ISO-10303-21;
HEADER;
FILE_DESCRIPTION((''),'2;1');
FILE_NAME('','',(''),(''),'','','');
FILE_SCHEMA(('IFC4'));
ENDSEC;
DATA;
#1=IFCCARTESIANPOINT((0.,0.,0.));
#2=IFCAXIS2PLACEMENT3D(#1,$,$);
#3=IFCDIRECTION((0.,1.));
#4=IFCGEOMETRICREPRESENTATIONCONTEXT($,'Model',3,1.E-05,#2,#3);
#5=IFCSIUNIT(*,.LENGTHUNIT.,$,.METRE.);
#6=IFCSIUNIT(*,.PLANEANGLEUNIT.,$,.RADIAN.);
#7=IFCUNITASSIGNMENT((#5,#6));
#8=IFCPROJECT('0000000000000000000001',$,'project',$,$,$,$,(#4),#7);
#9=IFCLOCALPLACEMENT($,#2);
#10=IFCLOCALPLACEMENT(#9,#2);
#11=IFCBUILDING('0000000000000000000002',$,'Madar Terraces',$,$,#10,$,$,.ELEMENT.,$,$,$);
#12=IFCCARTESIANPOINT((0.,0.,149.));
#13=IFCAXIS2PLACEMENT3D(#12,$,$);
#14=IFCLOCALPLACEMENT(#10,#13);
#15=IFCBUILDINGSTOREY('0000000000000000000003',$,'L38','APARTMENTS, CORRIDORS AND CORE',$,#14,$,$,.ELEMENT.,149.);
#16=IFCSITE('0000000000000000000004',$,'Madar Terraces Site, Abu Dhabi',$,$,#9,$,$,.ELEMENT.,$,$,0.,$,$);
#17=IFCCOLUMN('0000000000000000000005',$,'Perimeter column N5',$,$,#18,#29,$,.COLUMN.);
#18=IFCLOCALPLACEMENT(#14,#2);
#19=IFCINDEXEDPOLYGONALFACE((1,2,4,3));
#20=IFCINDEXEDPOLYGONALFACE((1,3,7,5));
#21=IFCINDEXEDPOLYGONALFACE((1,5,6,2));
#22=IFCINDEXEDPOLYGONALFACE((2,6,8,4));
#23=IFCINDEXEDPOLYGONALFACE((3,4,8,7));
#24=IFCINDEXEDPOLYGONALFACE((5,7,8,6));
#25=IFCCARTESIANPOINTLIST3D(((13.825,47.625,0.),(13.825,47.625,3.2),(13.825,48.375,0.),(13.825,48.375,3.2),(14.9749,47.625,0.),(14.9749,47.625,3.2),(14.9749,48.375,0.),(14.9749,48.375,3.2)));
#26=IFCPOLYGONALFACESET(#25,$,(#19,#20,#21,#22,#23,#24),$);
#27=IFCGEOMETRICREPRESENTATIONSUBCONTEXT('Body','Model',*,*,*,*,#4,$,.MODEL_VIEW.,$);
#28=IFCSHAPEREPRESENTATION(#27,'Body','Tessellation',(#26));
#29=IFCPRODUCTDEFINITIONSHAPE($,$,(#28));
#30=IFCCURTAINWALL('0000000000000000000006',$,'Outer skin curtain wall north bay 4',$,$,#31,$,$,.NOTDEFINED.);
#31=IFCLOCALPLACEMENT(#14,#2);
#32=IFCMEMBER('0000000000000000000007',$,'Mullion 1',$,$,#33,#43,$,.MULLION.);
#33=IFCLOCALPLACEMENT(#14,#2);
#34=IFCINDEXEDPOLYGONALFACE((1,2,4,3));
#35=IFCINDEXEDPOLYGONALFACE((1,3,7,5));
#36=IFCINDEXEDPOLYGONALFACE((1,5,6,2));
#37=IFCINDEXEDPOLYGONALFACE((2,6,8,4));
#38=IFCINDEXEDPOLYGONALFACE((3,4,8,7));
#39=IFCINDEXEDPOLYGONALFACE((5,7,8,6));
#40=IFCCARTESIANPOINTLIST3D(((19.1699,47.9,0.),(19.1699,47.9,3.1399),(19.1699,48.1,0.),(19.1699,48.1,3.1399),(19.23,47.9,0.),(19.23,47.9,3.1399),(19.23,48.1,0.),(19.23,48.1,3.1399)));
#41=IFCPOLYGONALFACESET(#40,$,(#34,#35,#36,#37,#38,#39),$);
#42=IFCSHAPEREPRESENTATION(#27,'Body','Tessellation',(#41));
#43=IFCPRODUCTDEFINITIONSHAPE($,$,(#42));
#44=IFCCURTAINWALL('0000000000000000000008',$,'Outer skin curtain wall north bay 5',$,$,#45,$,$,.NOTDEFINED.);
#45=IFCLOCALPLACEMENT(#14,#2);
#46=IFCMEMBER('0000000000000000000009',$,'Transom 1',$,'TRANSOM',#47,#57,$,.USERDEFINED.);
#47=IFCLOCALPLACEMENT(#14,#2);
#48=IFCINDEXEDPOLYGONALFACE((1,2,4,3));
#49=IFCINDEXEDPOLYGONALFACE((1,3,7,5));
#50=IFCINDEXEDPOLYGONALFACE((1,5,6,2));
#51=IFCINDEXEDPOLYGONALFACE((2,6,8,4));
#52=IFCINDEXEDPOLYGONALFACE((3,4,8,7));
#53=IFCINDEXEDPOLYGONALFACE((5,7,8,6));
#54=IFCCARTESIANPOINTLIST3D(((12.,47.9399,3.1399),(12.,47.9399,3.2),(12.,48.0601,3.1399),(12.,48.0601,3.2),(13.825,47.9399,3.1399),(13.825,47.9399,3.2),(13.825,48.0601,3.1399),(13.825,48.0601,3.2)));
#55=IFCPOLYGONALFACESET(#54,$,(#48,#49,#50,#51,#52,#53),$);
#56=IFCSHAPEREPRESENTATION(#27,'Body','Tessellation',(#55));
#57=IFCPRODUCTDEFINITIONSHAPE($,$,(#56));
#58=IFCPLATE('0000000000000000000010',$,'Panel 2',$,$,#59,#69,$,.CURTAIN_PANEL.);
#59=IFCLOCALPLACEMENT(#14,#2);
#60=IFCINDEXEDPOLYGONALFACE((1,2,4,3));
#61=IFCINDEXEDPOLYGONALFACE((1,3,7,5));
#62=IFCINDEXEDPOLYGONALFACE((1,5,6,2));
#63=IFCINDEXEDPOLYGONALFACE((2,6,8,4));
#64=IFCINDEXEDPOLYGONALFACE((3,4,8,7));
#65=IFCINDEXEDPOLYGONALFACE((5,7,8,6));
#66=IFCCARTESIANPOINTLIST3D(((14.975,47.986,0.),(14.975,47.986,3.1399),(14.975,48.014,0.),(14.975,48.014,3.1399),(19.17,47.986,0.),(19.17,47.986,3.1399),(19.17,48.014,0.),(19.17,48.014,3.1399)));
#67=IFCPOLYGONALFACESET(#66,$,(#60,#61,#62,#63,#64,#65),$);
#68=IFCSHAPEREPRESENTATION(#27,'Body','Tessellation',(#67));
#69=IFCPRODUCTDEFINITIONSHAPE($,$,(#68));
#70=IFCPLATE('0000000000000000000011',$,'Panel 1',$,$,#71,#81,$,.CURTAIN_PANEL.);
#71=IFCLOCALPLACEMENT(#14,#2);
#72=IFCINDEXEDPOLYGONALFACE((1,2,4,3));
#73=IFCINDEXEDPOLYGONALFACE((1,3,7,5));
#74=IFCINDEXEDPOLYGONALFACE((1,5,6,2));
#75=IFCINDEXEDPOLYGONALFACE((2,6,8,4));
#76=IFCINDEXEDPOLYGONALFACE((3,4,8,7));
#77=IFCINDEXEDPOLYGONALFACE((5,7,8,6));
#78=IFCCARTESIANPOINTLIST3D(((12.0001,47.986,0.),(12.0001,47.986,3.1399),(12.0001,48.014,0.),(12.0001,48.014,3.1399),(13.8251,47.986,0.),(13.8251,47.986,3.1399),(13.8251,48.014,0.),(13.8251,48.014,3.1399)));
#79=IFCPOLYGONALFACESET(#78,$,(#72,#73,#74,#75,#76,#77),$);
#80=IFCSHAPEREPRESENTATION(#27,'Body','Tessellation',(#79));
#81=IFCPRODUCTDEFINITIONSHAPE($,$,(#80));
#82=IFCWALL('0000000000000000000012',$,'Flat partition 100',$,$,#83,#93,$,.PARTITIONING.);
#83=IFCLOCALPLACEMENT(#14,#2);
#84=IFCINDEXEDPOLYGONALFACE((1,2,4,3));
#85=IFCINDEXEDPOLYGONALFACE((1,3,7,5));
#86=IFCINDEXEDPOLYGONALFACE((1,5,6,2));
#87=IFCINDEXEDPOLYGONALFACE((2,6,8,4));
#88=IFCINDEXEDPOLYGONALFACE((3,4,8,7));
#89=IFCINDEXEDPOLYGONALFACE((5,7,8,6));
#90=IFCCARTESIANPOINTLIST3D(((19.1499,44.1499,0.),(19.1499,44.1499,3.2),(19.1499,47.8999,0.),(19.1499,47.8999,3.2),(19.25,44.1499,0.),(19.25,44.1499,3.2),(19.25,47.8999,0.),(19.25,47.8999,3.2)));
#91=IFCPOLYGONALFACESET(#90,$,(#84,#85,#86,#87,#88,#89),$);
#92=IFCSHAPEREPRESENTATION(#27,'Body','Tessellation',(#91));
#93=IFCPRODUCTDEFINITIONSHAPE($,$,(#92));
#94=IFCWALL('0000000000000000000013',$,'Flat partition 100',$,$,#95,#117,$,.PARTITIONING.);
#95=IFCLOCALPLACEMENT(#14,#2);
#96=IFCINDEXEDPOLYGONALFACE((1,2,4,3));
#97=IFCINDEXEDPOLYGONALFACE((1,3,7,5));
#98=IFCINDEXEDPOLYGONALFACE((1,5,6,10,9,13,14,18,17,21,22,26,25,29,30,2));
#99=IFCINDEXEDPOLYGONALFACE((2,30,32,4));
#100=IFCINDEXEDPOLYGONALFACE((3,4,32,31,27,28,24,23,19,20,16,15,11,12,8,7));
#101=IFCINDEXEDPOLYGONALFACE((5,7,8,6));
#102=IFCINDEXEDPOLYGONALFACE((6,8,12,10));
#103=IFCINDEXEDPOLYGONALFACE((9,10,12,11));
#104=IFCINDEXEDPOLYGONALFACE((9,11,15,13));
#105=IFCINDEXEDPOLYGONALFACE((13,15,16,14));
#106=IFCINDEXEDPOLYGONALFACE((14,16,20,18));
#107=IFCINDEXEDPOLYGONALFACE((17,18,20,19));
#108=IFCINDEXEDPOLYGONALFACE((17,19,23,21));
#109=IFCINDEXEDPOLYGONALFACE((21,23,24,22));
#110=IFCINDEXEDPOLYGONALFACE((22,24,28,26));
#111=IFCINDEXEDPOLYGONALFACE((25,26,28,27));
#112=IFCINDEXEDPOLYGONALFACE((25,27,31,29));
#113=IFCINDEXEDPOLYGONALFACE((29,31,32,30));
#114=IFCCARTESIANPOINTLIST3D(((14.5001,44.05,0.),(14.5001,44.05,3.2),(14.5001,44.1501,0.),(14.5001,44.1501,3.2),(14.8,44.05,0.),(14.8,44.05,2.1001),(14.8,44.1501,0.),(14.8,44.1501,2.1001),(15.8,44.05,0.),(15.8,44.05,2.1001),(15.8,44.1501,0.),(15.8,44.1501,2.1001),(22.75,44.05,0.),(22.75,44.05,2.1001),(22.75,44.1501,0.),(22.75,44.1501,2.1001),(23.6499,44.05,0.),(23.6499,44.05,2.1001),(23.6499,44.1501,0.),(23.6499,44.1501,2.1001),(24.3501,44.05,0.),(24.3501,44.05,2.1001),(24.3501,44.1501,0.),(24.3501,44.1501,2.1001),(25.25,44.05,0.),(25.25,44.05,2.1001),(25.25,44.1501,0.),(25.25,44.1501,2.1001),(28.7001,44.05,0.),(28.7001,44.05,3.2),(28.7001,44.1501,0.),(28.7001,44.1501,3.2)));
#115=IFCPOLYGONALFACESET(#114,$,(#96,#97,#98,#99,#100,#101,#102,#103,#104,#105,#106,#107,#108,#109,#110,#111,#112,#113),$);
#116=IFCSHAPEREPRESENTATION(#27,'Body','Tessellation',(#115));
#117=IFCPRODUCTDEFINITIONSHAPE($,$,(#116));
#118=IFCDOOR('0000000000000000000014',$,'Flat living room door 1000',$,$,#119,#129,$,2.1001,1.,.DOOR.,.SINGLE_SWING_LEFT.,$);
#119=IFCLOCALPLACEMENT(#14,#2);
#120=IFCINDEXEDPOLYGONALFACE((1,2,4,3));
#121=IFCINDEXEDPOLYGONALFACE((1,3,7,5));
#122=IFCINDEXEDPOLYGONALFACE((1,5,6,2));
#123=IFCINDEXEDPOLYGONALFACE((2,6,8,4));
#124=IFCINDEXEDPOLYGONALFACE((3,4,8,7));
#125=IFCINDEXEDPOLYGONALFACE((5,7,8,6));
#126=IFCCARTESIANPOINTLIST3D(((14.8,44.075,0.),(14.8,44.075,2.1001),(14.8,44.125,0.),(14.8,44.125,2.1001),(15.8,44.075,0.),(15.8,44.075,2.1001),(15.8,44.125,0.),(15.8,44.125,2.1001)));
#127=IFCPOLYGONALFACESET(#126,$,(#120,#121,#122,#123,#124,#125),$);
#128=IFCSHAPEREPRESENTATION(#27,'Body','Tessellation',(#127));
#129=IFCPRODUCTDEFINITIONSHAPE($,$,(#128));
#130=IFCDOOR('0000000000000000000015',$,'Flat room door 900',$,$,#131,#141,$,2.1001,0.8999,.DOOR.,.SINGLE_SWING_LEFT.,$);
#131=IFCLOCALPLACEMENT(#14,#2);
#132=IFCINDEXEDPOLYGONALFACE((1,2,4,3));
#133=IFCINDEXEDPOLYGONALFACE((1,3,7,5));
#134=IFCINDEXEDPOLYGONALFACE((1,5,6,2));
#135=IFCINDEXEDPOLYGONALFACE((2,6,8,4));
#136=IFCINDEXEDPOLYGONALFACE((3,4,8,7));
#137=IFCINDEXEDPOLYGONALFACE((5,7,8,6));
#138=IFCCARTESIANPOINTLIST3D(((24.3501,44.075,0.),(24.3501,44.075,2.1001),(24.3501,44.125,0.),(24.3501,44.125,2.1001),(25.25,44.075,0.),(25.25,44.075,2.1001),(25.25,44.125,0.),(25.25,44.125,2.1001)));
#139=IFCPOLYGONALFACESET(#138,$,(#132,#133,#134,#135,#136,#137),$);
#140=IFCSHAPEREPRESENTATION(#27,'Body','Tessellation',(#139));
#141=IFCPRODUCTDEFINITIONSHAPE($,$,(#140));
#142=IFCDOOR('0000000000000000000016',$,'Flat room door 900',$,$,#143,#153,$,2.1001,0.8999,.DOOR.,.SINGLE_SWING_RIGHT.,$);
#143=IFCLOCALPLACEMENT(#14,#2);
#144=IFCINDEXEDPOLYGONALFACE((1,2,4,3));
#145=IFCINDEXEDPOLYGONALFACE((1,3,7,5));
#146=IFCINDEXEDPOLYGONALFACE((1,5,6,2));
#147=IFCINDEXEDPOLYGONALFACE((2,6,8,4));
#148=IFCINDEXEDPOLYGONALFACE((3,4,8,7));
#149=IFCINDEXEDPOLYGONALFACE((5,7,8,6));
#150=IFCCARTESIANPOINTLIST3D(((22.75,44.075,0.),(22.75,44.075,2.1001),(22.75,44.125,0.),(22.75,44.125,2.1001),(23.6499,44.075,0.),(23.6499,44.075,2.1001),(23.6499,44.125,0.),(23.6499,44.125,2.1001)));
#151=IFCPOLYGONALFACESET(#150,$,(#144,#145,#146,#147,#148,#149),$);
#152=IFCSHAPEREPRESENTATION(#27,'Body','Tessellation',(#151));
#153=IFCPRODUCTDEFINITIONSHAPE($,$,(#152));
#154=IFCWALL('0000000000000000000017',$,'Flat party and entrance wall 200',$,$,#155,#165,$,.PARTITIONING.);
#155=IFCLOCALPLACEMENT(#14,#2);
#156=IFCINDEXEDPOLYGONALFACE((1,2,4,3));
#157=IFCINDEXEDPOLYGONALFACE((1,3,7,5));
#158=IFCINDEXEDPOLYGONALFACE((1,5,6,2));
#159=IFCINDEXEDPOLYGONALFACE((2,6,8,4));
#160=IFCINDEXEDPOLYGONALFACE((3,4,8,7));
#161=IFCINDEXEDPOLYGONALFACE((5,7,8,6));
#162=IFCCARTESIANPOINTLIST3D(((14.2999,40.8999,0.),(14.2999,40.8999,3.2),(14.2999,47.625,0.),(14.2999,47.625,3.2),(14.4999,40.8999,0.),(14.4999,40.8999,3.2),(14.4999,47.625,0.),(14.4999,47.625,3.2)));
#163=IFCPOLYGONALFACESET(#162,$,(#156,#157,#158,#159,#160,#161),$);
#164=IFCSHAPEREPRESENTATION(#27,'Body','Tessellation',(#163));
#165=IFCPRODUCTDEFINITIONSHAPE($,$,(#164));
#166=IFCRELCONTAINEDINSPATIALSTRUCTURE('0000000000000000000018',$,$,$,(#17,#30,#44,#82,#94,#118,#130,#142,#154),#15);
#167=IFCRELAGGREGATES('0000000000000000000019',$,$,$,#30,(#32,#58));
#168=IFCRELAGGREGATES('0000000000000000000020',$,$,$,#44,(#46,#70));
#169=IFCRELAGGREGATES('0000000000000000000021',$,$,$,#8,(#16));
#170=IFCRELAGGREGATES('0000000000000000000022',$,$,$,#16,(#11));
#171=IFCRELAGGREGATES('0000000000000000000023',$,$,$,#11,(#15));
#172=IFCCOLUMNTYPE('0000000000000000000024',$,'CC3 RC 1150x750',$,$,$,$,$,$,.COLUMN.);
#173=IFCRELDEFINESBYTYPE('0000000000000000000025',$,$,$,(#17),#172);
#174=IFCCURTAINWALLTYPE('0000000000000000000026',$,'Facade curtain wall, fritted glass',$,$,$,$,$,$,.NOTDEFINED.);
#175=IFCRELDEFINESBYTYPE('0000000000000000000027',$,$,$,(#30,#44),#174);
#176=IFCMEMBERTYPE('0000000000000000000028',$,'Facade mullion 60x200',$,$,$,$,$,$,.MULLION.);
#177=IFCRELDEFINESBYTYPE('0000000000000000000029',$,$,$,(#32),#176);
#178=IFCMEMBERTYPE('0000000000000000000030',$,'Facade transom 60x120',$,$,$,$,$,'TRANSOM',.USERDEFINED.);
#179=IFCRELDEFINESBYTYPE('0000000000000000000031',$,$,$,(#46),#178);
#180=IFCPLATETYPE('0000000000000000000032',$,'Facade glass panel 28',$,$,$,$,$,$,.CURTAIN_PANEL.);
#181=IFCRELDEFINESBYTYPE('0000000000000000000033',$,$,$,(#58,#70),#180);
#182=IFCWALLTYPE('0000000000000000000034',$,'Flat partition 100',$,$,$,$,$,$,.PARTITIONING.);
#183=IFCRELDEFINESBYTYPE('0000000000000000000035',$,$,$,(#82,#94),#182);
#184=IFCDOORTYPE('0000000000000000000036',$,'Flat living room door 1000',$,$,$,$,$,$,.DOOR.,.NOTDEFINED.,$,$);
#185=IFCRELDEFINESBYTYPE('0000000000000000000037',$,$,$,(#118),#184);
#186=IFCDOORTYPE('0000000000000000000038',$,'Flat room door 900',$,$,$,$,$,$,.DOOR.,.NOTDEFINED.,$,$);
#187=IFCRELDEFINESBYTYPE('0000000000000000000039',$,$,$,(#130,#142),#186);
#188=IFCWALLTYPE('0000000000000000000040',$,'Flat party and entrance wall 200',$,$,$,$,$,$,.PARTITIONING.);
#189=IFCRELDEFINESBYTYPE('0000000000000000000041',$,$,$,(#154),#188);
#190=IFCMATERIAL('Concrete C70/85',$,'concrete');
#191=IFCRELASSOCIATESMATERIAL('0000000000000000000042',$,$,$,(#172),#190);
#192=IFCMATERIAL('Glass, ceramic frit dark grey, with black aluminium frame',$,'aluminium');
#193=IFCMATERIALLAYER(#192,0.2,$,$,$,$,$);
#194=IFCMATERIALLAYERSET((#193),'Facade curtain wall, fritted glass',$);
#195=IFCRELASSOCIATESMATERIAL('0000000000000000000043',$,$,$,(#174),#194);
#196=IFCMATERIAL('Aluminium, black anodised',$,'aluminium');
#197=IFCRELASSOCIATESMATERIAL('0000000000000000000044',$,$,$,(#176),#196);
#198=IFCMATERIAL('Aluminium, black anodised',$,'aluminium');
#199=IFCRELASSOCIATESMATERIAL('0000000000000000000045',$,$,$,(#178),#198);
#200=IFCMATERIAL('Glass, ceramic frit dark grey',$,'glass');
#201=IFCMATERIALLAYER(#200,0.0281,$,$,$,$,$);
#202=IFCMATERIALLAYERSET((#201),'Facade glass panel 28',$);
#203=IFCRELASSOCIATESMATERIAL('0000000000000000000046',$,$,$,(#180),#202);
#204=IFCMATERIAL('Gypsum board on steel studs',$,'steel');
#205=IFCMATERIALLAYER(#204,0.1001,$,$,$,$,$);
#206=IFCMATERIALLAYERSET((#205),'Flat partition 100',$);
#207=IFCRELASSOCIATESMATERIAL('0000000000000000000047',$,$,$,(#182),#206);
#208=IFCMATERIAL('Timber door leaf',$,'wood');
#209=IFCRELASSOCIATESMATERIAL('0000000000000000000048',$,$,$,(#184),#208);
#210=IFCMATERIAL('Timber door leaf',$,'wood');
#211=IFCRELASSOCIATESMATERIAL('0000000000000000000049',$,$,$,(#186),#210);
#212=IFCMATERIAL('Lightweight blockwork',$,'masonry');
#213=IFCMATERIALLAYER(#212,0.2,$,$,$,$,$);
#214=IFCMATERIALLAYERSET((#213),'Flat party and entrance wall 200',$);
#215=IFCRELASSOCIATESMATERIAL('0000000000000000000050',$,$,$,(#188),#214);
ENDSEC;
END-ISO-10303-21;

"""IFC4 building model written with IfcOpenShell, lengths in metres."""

from ifc_helpers import new_model, si_unit, direction, frame, frame_2d, origin, origin_2d, place, context, subcontext, project, spatial, rectangle, extrude, material, layer, layer_set, material_profile, profile_set, type_object, element, fill, aggregate, save


model = new_model("IFC4")

# Units and contexts
model_context = context("Model", 3, precision=1e-05, world=origin(), true_north=direction((0.0, 1.0)))
body_context = subcontext(model_context, "Body", "Model", "MODEL_VIEW")
ifc_project = project(units=[si_unit("LENGTHUNIT", "METRE"), si_unit("PLANEANGLEUNIT", "RADIAN")], contexts=[model_context])

# Site, building, storey
site_placement = place(None, origin())
site = spatial("IfcSite", under=ifc_project, at=site_placement, Name="Madar Terraces Site, Abu Dhabi", CompositionType="ELEMENT", RefElevation=0.0)
building_placement = place(site_placement, origin())
building = spatial("IfcBuilding", under=site, at=building_placement, Name="Madar Terraces", CompositionType="ELEMENT")
storey_placement = place(building_placement, frame((0.0, 0.0, 149.0)))
storey = spatial("IfcBuildingStorey", under=building, at=storey_placement, Name="L38", Description="APARTMENTS, CORRIDORS AND CORE", CompositionType="ELEMENT", Elevation=149.0)

# Column
ifc_material_1 = material(Name="Concrete C70/85", Category="concrete")
ifc_material_profile_1 = material_profile(ifc_material_1, rectangle(XDim=1.1499, YDim=0.75, at=origin_2d()), Name="CC3 RC 1150x750")
ifc_profile_set_1 = profile_set([ifc_material_profile_1], Name="Concrete C70/85")
column_type = type_object("IfcColumnType", Name="CC3 RC 1150x750", PredefinedType="COLUMN", material=ifc_profile_set_1)
column_placement = place(storey_placement, frame((14.3999, 48.0, 0.0), z_axis=(0.0, 0.0, 1.0), x_axis=(1.0, 0.0, 0.0)))
element("IfcColumn", 1, at=column_placement, inside=storey, type_object=column_type, Name="Perimeter column N5", PredefinedType="COLUMN", context=body_context, shape_type="SweptSolid", body=[
    extrude(rectangle(XDim=1.1499, YDim=0.75, at=origin_2d()), origin(), (0.0, 0.0, 1.0), 3.2),
])

# Curtain walls, members
ifc_material_2 = material(Name="Glass, ceramic frit dark grey, with black aluminium frame", Category="aluminium")
ifc_layer_1 = layer(ifc_material_2, 0.2)
ifc_layer_set_1 = layer_set([ifc_layer_1], Name="Facade curtain wall, fritted glass")
curtain_wall_type = type_object("IfcCurtainWallType", Name="Facade curtain wall, fritted glass", PredefinedType="NOTDEFINED", material=ifc_layer_set_1)
curtain_wall_1_placement = place(storey_placement, origin())
curtain_wall_1 = element("IfcCurtainWall", 2, at=curtain_wall_1_placement, inside=storey, type_object=curtain_wall_type, Name="Outer skin curtain wall north bay 4", PredefinedType="NOTDEFINED")
ifc_material_3 = material(Name="Aluminium, black anodised", Category="aluminium")
ifc_material_profile_2 = material_profile(ifc_material_3, rectangle(XDim=0.2, YDim=0.0601, at=origin_2d()), Name="Facade mullion 60x200")
ifc_profile_set_2 = profile_set([ifc_material_profile_2], Name="Aluminium, black anodised")
member_type_1 = type_object("IfcMemberType", Name="Facade mullion 60x200", PredefinedType="MULLION", material=ifc_profile_set_2)
member_1_placement = place(storey_placement, frame((19.2, 48.0, 0.0), z_axis=(0.0, 0.0, 1.0), x_axis=(0.0, -1.0, 0.0)))
member_1 = element("IfcMember", 3, at=member_1_placement, type_object=member_type_1, Name="Mullion 1", PredefinedType="MULLION", context=body_context, shape_type="SweptSolid", body=[
    extrude(rectangle(XDim=0.2, YDim=0.0601, at=origin_2d()), origin(), (0.0, 0.0, 1.0), 3.1399),
])
curtain_wall_2_placement = place(storey_placement, origin())
curtain_wall_2 = element("IfcCurtainWall", 4, at=curtain_wall_2_placement, inside=storey, type_object=curtain_wall_type, Name="Outer skin curtain wall north bay 5", PredefinedType="NOTDEFINED")
ifc_material_4 = material(Name="Aluminium, black anodised", Category="aluminium")
ifc_material_profile_3 = material_profile(ifc_material_4, rectangle(XDim=0.1201, YDim=0.0601, at=origin_2d()), Name="Facade transom 60x120")
ifc_profile_set_3 = profile_set([ifc_material_profile_3], Name="Aluminium, black anodised")
member_type_2 = type_object("IfcMemberType", Name="Facade transom 60x120", ElementType="TRANSOM", PredefinedType="USERDEFINED", material=ifc_profile_set_3)
member_2_placement = place(storey_placement, frame((13.825, 48.0, 3.1699), z_axis=(-1.0, 0.0, 0.0), x_axis=(0.0, -1.0, 0.0)))
member_2 = element("IfcMember", 5, at=member_2_placement, type_object=member_type_2, Name="Transom 1", ObjectType="TRANSOM", PredefinedType="USERDEFINED", context=body_context, shape_type="SweptSolid", body=[
    extrude(rectangle(XDim=0.1201, YDim=0.0601, at=origin_2d()), origin(), (0.0, 0.0, 1.0), 1.825),
])

# Plates
ifc_material_5 = material(Name="Glass, ceramic frit dark grey", Category="glass")
ifc_layer_2 = layer(ifc_material_5, 0.0281)
ifc_layer_set_2 = layer_set([ifc_layer_2], Name="Facade glass panel 28")
plate_type = type_object("IfcPlateType", Name="Facade glass panel 28", PredefinedType="CURTAIN_PANEL", material=ifc_layer_set_2)
plate_1_placement = place(storey_placement, frame((17.0725, 48.0, 0.0), z_axis=(0.0, 0.0, 1.0), x_axis=(-1.0, 0.0, 0.0)))
plate_1 = element("IfcPlate", 6, at=plate_1_placement, type_object=plate_type, Name="Panel 2", PredefinedType="CURTAIN_PANEL", context=body_context, shape_type="SweptSolid", body=[
    extrude(rectangle(XDim=4.1951, YDim=0.0281, at=origin_2d()), origin(), (0.0, 0.0, 1.0), 3.1399),
])
aggregate(curtain_wall_1, [member_1, plate_1])
plate_2_placement = place(storey_placement, frame((12.9126, 48.0, 0.0), z_axis=(0.0, 0.0, 1.0), x_axis=(-1.0, 0.0, 0.0)))
plate_2 = element("IfcPlate", 7, at=plate_2_placement, type_object=plate_type, Name="Panel 1", PredefinedType="CURTAIN_PANEL", context=body_context, shape_type="SweptSolid", body=[
    extrude(rectangle(XDim=1.825, YDim=0.0281, at=origin_2d()), origin(), (0.0, 0.0, 1.0), 3.1399),
])
aggregate(curtain_wall_2, [member_2, plate_2])

# Wall
ifc_material_6 = material(Name="Gypsum board on steel studs", Category="steel")
ifc_layer_3 = layer(ifc_material_6, 0.1001)
ifc_layer_set_3 = layer_set([ifc_layer_3], Name="Flat partition 100")
wall_type_1 = type_object("IfcWallType", Name="Flat partition 100", PredefinedType="PARTITIONING", material=ifc_layer_set_3)
wall_1_placement = place(storey_placement, frame((19.2, 44.1499, 0.0), z_axis=(0.0, 0.0, 1.0), x_axis=(0.0, 1.0, 0.0)))
element("IfcWall", 8, at=wall_1_placement, inside=storey, type_object=wall_type_1, Name="Flat partition 100", PredefinedType="PARTITIONING", context=body_context, shape_type="SweptSolid", body=[
    extrude(rectangle(XDim=3.75, YDim=0.1001, at=frame_2d((1.875, 0.0))), origin(), (0.0, 0.0, 1.0), 3.2),
])

# Wall, openings, doors
wall_2_placement = place(storey_placement, frame((14.5, 44.1001, 0.0), z_axis=(0.0, 0.0, 1.0), x_axis=(1.0, 0.0, 0.0)))
wall_2 = element("IfcWall", 9, at=wall_2_placement, inside=storey, type_object=wall_type_1, Name="Flat partition 100", PredefinedType="PARTITIONING", context=body_context, shape_type="SweptSolid", body=[
    extrude(rectangle(XDim=14.2, YDim=0.1001, at=frame_2d((7.1001, 0.0))), origin(), (0.0, 0.0, 1.0), 3.2),
])
opening_1_placement = place(wall_2_placement, frame((9.8501, 0.0, 0.0)))
opening_1 = element("IfcOpeningElement", 10, at=opening_1_placement, cuts=wall_2, PredefinedType="OPENING", context=body_context, shape_type="SweptSolid", body=[
    extrude(rectangle(XDim=0.8999, YDim=2.1001, at=frame_2d((0.45, 1.05))), frame((0.0, 0.0601, 0.0), z_axis=(0.0, -1.0, 0.0), x_axis=(1.0, 0.0, 0.0)), (0.0, 0.0, 1.0), 0.1201),
])
opening_2_placement = place(wall_2_placement, frame((8.25, 0.0, 0.0)))
opening_2 = element("IfcOpeningElement", 11, at=opening_2_placement, cuts=wall_2, PredefinedType="OPENING", context=body_context, shape_type="SweptSolid", body=[
    extrude(rectangle(XDim=0.8999, YDim=2.1001, at=frame_2d((0.45, 1.05))), frame((0.0, 0.0601, 0.0), z_axis=(0.0, -1.0, 0.0), x_axis=(1.0, 0.0, 0.0)), (0.0, 0.0, 1.0), 0.1201),
])
opening_3_placement = place(wall_2_placement, frame((0.3, 0.0, 0.0)))
opening_3 = element("IfcOpeningElement", 12, at=opening_3_placement, cuts=wall_2, PredefinedType="OPENING", context=body_context, shape_type="SweptSolid", body=[
    extrude(rectangle(XDim=1.0, YDim=2.1001, at=frame_2d((0.5, 1.05))), frame((0.0, 0.0601, 0.0), z_axis=(0.0, -1.0, 0.0), x_axis=(1.0, 0.0, 0.0)), (0.0, 0.0, 1.0), 0.1201),
])
ifc_material_7 = material(Name="Timber door leaf", Category="wood")
door_type_1 = type_object("IfcDoorType", Name="Flat living room door 1000", OperationType="NOTDEFINED", PredefinedType="DOOR", material=ifc_material_7)
door_1_placement = place(opening_3_placement, origin())
door_1 = element("IfcDoor", 13, at=door_1_placement, inside=storey, type_object=door_type_1, Name="Flat living room door 1000", OperationType="SINGLE_SWING_LEFT", OverallHeight=2.1001, OverallWidth=1.0, PredefinedType="DOOR", context=body_context, shape_type="SweptSolid", body=[
    extrude(rectangle(XDim=1.0, YDim=2.1001, at=frame_2d((0.5, 1.05))), frame((0.0, 0.0249, 0.0), z_axis=(0.0, -1.0, 0.0), x_axis=(1.0, 0.0, 0.0)), (0.0, 0.0, 1.0), 0.05),
])
fill(opening_3, door_1)
ifc_material_8 = material(Name="Timber door leaf", Category="wood")
door_type_2 = type_object("IfcDoorType", Name="Flat room door 900", OperationType="NOTDEFINED", PredefinedType="DOOR", material=ifc_material_8)
door_2_placement = place(opening_1_placement, origin())
door_2 = element("IfcDoor", 14, at=door_2_placement, inside=storey, type_object=door_type_2, Name="Flat room door 900", OperationType="SINGLE_SWING_LEFT", OverallHeight=2.1001, OverallWidth=0.8999, PredefinedType="DOOR", context=body_context, shape_type="SweptSolid", body=[
    extrude(rectangle(XDim=0.8999, YDim=2.1001, at=frame_2d((0.45, 1.05))), frame((0.0, 0.0249, 0.0), z_axis=(0.0, -1.0, 0.0), x_axis=(1.0, 0.0, 0.0)), (0.0, 0.0, 1.0), 0.05),
])
fill(opening_1, door_2)
door_3_placement = place(opening_2_placement, origin())
door_3 = element("IfcDoor", 15, at=door_3_placement, inside=storey, type_object=door_type_2, Name="Flat room door 900", OperationType="SINGLE_SWING_RIGHT", OverallHeight=2.1001, OverallWidth=0.8999, PredefinedType="DOOR", context=body_context, shape_type="SweptSolid", body=[
    extrude(rectangle(XDim=0.8999, YDim=2.1001, at=frame_2d((0.45, 1.05))), frame((0.0, 0.0249, 0.0), z_axis=(0.0, -1.0, 0.0), x_axis=(1.0, 0.0, 0.0)), (0.0, 0.0, 1.0), 0.05),
])
fill(opening_2, door_3)

# Wall
ifc_material_9 = material(Name="Lightweight blockwork", Category="masonry")
ifc_layer_4 = layer(ifc_material_9, 0.2)
ifc_layer_set_4 = layer_set([ifc_layer_4], Name="Flat party and entrance wall 200")
wall_type_2 = type_object("IfcWallType", Name="Flat party and entrance wall 200", PredefinedType="PARTITIONING", material=ifc_layer_set_4)
wall_3_placement = place(storey_placement, frame((14.3999, 47.625, 0.0), z_axis=(0.0, 0.0, 1.0), x_axis=(0.0, -1.0, 0.0)))
element("IfcWall", 16, at=wall_3_placement, inside=storey, type_object=wall_type_2, Name="Flat party and entrance wall 200", PredefinedType="PARTITIONING", context=body_context, shape_type="SweptSolid", body=[
    extrude(rectangle(XDim=6.7251, YDim=0.2, at=frame_2d((3.3625, 0.0))), origin(), (0.0, 0.0, 1.0), 3.2),
])

save(model, "model.ifc")
